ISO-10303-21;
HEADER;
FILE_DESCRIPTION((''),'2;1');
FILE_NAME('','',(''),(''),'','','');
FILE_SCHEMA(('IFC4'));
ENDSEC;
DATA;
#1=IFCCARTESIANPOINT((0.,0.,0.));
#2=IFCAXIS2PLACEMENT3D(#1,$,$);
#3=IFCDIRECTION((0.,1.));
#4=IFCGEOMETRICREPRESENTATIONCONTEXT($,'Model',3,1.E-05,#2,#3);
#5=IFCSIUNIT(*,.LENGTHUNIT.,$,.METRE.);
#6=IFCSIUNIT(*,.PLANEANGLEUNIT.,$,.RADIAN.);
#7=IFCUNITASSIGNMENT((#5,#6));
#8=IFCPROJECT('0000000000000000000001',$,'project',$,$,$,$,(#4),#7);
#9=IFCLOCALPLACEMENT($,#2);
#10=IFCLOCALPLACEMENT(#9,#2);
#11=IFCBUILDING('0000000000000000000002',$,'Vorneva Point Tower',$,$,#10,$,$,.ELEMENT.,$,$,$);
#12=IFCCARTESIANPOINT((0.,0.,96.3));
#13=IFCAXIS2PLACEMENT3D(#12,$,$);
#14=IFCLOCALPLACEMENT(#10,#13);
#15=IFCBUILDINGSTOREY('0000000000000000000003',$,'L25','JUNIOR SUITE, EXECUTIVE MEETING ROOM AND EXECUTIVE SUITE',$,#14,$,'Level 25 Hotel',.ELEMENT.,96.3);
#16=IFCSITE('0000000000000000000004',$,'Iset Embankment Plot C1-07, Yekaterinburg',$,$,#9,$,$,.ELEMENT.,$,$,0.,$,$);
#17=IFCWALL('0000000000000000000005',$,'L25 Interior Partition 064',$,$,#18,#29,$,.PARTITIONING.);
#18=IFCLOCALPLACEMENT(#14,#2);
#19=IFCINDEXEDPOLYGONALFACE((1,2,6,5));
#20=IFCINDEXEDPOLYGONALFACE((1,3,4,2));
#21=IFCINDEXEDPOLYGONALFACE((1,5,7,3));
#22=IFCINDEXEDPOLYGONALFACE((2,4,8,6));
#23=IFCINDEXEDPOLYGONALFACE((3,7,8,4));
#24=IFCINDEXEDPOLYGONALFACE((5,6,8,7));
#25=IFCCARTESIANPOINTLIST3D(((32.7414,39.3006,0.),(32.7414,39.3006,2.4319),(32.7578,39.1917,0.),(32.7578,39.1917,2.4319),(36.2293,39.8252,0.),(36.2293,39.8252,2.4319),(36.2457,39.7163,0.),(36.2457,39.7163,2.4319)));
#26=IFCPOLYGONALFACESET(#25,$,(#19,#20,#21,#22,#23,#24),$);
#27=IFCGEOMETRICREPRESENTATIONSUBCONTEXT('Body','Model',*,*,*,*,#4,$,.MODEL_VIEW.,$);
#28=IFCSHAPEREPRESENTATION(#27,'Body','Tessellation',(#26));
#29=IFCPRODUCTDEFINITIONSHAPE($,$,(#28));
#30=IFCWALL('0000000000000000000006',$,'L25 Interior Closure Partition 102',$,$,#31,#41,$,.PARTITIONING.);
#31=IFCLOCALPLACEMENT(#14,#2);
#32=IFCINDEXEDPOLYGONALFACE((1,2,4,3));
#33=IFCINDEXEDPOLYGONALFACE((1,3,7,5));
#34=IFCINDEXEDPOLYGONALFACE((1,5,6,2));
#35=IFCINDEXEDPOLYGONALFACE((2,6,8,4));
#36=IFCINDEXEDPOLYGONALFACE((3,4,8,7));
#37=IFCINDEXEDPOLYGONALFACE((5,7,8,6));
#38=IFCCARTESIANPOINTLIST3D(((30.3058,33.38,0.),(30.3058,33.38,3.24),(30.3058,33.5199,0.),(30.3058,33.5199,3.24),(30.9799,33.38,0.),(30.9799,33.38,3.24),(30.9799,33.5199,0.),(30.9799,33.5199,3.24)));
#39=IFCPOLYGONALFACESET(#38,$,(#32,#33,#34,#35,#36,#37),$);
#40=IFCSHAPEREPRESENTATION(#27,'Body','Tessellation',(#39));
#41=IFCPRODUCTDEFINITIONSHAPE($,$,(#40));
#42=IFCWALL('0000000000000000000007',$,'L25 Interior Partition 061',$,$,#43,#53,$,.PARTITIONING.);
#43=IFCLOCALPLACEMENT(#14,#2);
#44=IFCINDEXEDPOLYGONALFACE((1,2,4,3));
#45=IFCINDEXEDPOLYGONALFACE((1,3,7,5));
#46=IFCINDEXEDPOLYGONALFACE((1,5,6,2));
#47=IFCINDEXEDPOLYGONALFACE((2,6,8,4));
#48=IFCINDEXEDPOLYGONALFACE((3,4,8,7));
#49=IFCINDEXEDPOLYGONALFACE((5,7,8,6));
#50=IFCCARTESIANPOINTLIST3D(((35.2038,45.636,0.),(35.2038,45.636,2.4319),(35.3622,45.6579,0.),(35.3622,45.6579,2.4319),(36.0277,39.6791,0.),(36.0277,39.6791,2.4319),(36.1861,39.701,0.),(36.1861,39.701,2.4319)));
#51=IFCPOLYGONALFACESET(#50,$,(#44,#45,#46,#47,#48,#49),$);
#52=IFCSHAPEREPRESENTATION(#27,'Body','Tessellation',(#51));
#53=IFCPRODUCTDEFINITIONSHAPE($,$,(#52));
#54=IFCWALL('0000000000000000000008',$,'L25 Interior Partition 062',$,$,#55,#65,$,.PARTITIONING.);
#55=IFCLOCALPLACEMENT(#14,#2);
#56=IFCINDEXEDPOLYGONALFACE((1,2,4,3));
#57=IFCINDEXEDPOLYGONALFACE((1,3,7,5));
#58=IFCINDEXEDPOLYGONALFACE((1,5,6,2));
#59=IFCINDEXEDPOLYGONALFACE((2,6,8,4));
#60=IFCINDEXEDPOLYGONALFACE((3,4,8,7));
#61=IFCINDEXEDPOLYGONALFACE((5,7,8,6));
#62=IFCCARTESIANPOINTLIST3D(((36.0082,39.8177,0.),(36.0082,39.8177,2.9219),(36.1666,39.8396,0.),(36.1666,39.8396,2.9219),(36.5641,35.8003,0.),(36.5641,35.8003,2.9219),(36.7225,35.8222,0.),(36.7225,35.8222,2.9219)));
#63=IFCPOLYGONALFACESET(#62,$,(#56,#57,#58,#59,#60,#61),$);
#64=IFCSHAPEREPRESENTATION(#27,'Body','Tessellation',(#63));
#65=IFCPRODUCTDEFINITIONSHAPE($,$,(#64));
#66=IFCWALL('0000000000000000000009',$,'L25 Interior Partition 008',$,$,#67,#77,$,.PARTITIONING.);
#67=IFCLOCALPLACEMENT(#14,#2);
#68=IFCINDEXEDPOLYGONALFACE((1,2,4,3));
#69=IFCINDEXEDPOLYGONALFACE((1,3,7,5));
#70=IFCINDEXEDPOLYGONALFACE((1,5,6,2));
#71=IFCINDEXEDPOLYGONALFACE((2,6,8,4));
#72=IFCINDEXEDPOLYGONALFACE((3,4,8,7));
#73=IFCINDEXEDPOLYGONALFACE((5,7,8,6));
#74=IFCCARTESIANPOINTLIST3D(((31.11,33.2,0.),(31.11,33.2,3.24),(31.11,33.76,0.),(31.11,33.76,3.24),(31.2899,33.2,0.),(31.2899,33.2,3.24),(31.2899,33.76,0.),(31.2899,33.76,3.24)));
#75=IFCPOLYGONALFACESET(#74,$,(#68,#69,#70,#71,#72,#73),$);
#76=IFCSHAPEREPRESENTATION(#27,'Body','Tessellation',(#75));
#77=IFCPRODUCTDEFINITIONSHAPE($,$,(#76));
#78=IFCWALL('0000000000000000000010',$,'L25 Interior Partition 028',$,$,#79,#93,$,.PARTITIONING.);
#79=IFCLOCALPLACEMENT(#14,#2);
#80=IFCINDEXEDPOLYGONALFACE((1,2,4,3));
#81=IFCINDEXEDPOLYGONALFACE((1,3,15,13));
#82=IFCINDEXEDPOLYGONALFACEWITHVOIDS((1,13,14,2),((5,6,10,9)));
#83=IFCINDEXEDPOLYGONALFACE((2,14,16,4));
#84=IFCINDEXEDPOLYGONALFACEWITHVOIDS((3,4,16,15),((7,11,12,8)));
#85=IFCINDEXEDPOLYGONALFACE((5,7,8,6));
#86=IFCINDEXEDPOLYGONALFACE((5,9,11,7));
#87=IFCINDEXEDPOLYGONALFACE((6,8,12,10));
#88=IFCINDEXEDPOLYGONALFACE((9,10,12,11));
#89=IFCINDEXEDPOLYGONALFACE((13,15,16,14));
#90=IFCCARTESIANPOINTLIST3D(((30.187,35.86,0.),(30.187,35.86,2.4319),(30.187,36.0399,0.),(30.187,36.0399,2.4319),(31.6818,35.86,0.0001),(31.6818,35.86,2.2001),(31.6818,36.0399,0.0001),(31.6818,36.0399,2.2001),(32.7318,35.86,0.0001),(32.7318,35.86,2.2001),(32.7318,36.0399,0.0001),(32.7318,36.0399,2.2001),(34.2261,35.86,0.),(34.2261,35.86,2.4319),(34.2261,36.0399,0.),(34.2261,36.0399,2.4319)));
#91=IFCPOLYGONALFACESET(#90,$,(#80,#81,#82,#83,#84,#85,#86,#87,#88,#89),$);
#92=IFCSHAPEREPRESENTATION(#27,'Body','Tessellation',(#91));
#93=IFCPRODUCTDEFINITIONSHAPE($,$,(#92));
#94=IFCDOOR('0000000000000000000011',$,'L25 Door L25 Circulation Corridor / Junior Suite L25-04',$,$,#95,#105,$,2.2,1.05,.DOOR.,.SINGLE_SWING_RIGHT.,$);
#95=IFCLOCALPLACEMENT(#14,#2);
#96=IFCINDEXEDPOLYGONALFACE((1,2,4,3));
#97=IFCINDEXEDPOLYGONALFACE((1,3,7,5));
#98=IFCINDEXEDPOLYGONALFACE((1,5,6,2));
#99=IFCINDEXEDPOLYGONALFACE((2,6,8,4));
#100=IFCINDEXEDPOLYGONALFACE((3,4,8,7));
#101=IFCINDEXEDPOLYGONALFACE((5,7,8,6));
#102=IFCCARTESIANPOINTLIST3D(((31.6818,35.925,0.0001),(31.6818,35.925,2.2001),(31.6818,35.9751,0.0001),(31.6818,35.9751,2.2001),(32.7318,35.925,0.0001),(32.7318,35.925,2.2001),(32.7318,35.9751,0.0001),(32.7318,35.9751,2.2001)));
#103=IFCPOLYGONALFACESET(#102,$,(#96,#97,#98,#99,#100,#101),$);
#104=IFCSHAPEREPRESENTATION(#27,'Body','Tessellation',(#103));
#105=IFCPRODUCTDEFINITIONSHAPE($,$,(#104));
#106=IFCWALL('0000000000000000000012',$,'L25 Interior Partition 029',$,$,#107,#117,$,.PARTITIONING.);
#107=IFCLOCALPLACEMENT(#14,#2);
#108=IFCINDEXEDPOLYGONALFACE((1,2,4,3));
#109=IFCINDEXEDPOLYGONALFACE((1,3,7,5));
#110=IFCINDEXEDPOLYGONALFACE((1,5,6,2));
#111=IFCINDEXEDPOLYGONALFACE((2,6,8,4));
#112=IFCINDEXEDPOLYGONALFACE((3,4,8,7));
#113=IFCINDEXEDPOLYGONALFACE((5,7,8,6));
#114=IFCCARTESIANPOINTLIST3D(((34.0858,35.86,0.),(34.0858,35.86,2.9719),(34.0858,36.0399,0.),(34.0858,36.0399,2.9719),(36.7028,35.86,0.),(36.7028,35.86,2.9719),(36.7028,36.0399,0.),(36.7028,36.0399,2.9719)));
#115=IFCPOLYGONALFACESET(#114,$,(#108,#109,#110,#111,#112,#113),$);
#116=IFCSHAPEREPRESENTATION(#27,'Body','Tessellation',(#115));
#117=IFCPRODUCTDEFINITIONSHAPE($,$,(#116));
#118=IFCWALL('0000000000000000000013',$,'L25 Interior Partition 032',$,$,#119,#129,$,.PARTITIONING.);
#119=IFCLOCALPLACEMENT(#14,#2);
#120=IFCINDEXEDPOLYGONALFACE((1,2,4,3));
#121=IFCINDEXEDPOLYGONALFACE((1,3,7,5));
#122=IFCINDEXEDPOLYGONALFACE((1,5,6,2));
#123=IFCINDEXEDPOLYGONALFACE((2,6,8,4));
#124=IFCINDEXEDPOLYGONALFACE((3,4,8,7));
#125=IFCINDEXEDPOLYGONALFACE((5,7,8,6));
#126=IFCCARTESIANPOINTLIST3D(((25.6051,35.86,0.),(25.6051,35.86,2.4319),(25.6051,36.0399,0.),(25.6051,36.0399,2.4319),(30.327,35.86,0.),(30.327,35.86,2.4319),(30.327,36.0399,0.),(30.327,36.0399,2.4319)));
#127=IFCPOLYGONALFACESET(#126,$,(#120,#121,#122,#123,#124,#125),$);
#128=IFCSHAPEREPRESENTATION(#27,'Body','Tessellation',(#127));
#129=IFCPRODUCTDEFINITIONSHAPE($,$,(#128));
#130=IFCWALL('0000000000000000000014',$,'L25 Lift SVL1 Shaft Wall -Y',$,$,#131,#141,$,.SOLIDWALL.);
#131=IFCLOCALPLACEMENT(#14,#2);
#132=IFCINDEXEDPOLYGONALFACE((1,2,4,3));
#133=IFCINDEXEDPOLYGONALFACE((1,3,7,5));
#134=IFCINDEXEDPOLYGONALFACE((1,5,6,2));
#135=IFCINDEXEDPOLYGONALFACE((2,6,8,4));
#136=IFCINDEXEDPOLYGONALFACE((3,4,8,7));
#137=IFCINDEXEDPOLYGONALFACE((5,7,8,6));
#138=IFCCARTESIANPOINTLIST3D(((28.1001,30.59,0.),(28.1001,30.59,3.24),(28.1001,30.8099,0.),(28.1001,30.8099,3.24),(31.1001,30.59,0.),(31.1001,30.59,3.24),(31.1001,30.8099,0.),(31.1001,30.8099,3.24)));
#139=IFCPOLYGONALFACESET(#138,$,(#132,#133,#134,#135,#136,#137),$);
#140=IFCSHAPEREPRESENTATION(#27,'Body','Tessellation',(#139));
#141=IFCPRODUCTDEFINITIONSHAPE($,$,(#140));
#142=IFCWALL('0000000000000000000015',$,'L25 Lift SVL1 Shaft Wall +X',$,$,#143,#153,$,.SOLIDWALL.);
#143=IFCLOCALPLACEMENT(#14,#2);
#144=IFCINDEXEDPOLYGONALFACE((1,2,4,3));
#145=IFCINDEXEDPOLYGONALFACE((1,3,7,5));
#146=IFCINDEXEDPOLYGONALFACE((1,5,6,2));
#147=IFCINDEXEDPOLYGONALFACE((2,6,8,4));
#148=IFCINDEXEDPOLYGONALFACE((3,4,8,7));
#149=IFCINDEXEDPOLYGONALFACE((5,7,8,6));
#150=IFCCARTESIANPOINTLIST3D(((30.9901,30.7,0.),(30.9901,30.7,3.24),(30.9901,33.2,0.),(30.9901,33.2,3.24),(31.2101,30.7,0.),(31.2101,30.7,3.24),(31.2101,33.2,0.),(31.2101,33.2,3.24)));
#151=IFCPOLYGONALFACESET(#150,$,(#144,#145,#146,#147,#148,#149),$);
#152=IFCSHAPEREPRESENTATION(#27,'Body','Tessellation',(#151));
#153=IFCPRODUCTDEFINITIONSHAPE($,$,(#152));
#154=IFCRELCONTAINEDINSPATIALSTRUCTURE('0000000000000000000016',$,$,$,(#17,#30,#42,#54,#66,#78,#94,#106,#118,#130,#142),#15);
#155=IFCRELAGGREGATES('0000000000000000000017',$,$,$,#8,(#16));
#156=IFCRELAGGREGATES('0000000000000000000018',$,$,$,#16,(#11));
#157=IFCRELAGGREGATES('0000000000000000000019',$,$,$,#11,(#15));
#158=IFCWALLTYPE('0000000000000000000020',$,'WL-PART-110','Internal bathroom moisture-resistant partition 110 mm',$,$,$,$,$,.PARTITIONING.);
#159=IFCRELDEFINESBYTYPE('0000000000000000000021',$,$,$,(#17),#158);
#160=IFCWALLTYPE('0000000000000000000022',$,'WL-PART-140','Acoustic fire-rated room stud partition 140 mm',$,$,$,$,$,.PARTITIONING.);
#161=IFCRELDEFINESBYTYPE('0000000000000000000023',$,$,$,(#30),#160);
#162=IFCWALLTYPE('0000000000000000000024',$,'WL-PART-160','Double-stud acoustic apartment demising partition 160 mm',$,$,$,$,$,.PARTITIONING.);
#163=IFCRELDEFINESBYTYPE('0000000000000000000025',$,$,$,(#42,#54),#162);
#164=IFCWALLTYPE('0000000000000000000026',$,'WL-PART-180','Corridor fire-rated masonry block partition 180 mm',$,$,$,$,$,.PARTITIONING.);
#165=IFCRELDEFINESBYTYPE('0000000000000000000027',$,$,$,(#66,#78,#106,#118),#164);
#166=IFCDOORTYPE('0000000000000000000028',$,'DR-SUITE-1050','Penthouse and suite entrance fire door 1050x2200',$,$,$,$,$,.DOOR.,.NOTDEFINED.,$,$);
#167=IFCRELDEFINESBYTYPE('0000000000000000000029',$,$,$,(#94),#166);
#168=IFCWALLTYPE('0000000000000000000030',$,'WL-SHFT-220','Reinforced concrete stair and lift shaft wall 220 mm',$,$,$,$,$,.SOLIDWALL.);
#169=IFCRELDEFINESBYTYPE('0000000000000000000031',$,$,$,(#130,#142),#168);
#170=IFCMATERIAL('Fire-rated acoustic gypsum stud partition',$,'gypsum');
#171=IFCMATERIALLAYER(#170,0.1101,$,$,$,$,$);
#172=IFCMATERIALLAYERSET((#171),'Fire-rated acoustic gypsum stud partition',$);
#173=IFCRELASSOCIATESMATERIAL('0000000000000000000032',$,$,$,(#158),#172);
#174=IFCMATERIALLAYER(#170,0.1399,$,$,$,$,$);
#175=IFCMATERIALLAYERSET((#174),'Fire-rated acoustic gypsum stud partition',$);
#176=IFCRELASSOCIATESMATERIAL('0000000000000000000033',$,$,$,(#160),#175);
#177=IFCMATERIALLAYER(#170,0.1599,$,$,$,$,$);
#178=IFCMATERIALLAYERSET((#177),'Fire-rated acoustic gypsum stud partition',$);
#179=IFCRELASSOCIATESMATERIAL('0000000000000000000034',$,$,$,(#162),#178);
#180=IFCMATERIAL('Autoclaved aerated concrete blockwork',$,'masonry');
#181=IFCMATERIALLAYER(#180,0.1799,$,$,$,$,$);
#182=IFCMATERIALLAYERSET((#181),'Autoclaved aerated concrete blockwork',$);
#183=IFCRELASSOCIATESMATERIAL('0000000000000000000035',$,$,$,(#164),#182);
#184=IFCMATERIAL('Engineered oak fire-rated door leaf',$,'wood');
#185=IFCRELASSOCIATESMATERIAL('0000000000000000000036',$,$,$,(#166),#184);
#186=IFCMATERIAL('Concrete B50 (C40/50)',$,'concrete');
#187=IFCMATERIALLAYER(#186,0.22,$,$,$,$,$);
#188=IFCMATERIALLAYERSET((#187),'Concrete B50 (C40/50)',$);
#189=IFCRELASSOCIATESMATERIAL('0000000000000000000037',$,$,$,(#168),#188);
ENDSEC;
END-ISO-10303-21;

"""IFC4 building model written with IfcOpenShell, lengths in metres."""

from ifc_helpers import new_model, si_unit, direction, frame, frame_2d, origin, place, context, subcontext, project, spatial, rectangle, extrude, material, layer, layer_set, type_object, element, fill, save


model = new_model("IFC4")

# Units and contexts
model_context = context("Model", 3, precision=1e-05, world=origin(), true_north=direction((0.0, 1.0)))
body_context = subcontext(model_context, "Body", "Model", "MODEL_VIEW")
ifc_project = project(units=[si_unit("LENGTHUNIT", "METRE"), si_unit("PLANEANGLEUNIT", "RADIAN")], contexts=[model_context])

# Site, building, storey
site_placement = place(None, origin())
site = spatial("IfcSite", under=ifc_project, at=site_placement, Name="Iset Embankment Plot C1-07, Yekaterinburg", CompositionType="ELEMENT", RefElevation=0.0)
building_placement = place(site_placement, origin())
building = spatial("IfcBuilding", under=site, at=building_placement, Name="Vorneva Point Tower", CompositionType="ELEMENT")
storey_placement = place(building_placement, frame((0.0, 0.0, 96.3)))
storey = spatial("IfcBuildingStorey", under=building, at=storey_placement, Name="L25", Description="JUNIOR SUITE, EXECUTIVE MEETING ROOM AND EXECUTIVE SUITE", LongName="Level 25 Hotel", CompositionType="ELEMENT", Elevation=96.3)

# Shared definitions
ifc_material_1 = material(Name="Fire-rated acoustic gypsum stud partition", Category="gypsum")
ifc_layer_1 = layer(ifc_material_1, 0.1101)
ifc_layer_set_1 = layer_set([ifc_layer_1], Name="Fire-rated acoustic gypsum stud partition")
wall_type_1 = type_object("IfcWallType", Name="WL-PART-110", Description="Internal bathroom moisture-resistant partition 110 mm", PredefinedType="PARTITIONING", material=ifc_layer_set_1)
ifc_material_2 = material(Name="Engineered oak fire-rated door leaf", Category="wood")

# Walls
wall_1_placement = place(storey_placement, frame((32.7495, 39.2461, 0.0), z_axis=(0.0, 0.0, 1.0), x_axis=(0.988874, 0.148753, 0.0)))
element("IfcWall", 1, at=wall_1_placement, inside=storey, type_object=wall_type_1, Name="L25 Interior Partition 064", PredefinedType="PARTITIONING", context=body_context, shape_type="SweptSolid", body=[
    extrude(rectangle(XDim=3.5271, YDim=0.1101, at=frame_2d((1.7637, 0.0))), origin(), (0.0, 0.0, 1.0), 2.4319),
])
ifc_layer_2 = layer(ifc_material_1, 0.1399)
ifc_layer_set_2 = layer_set([ifc_layer_2], Name="Fire-rated acoustic gypsum stud partition")
wall_type_2 = type_object("IfcWallType", Name="WL-PART-140", Description="Acoustic fire-rated room stud partition 140 mm", PredefinedType="PARTITIONING", material=ifc_layer_set_2)
wall_2_placement = place(storey_placement, frame((30.3059, 33.45, 0.0), z_axis=(0.0, 0.0, 1.0), x_axis=(1.0, 0.0, 0.0)))
element("IfcWall", 2, at=wall_2_placement, inside=storey, type_object=wall_type_2, Name="L25 Interior Closure Partition 102", PredefinedType="PARTITIONING", context=body_context, shape_type="SweptSolid", body=[
    extrude(rectangle(XDim=0.6741, YDim=0.1399, at=frame_2d((0.3369, 0.0))), origin(), (0.0, 0.0, 1.0), 3.24),
])
ifc_layer_3 = layer(ifc_material_1, 0.1599)
ifc_layer_set_3 = layer_set([ifc_layer_3], Name="Fire-rated acoustic gypsum stud partition")
wall_type_3 = type_object("IfcWallType", Name="WL-PART-160", Description="Double-stud acoustic apartment demising partition 160 mm", PredefinedType="PARTITIONING", material=ifc_layer_set_3)
wall_3_placement = place(storey_placement, frame((35.283, 45.647, 0.0), z_axis=(0.0, 0.0, 1.0), x_axis=(0.137015, -0.990569, 0.0)))
element("IfcWall", 3, at=wall_3_placement, inside=storey, type_object=wall_type_3, Name="L25 Interior Partition 061", PredefinedType="PARTITIONING", context=body_context, shape_type="SweptSolid", body=[
    extrude(rectangle(XDim=6.0137, YDim=0.1599, at=frame_2d((3.0068, 0.0))), origin(), (0.0, 0.0, 1.0), 2.4319),
])
wall_4_placement = place(storey_placement, frame((36.0874, 39.8286, 0.0), z_axis=(0.0, 0.0, 1.0), x_axis=(0.137071, -0.990561, 0.0)))
element("IfcWall", 4, at=wall_4_placement, inside=storey, type_object=wall_type_3, Name="L25 Interior Partition 062", PredefinedType="PARTITIONING", context=body_context, shape_type="SweptSolid", body=[
    extrude(rectangle(XDim=4.0557, YDim=0.1599, at=frame_2d((2.0278, 0.0))), origin(), (0.0, 0.0, 1.0), 2.9219),
])

# Shared definitions
ifc_material_3 = material(Name="Autoclaved aerated concrete blockwork", Category="masonry")
ifc_layer_4 = layer(ifc_material_3, 0.1799)
ifc_layer_set_4 = layer_set([ifc_layer_4], Name="Autoclaved aerated concrete blockwork")
wall_type_4 = type_object("IfcWallType", Name="WL-PART-180", Description="Corridor fire-rated masonry block partition 180 mm", PredefinedType="PARTITIONING", material=ifc_layer_set_4)

# Wall
wall_5_placement = place(storey_placement, frame((31.2, 33.76, 0.0), z_axis=(0.0, 0.0, 1.0), x_axis=(0.0, -1.0, 0.0)))
element("IfcWall", 5, at=wall_5_placement, inside=storey, type_object=wall_type_4, Name="L25 Interior Partition 008", PredefinedType="PARTITIONING", context=body_context, shape_type="SweptSolid", body=[
    extrude(rectangle(XDim=0.5601, YDim=0.1799, at=frame_2d((0.28, 0.0))), origin(), (0.0, 0.0, 1.0), 3.24),
])

# Wall, opening, door
wall_6_placement = place(storey_placement, frame((34.2261, 35.95, 0.0), z_axis=(0.0, 0.0, 1.0), x_axis=(-1.0, 0.0, 0.0)))
wall_6 = element("IfcWall", 6, at=wall_6_placement, inside=storey, type_object=wall_type_4, Name="L25 Interior Partition 028", PredefinedType="PARTITIONING", context=body_context, shape_type="SweptSolid", body=[
    extrude(rectangle(XDim=4.0391, YDim=0.1799, at=frame_2d((2.0195, 0.0))), origin(), (0.0, 0.0, 1.0), 2.4319),
])
opening_1_placement = place(wall_6_placement, frame((1.4944, 0.0, 0.0)))
opening_1 = element("IfcOpeningElement", 7, at=opening_1_placement, cuts=wall_6, PredefinedType="OPENING", context=body_context, shape_type="SweptSolid", body=[
    extrude(rectangle(XDim=1.05, YDim=2.2, at=frame_2d((0.5249, 1.1001))), frame((0.0, 0.105, 0.0), z_axis=(0.0, -1.0, 0.0), x_axis=(1.0, 0.0, 0.0)), (0.0, 0.0, 1.0), 0.2097),
])
door_type_1 = type_object("IfcDoorType", Name="DR-SUITE-1050", Description="Penthouse and suite entrance fire door 1050x2200", OperationType="NOTDEFINED", PredefinedType="DOOR", material=ifc_material_2)
door_1_placement = place(opening_1_placement, origin())
door_1 = element("IfcDoor", 8, at=door_1_placement, inside=storey, type_object=door_type_1, Name="L25 Door L25 Circulation Corridor / Junior Suite L25-04", OperationType="SINGLE_SWING_RIGHT", OverallHeight=2.2, OverallWidth=1.05, PredefinedType="DOOR", context=body_context, shape_type="SweptSolid", body=[
    extrude(rectangle(XDim=1.05, YDim=2.2, at=frame_2d((0.5249, 1.1001))), frame((0.0, 0.0249, 0.0), z_axis=(0.0, -1.0, 0.0), x_axis=(1.0, 0.0, 0.0)), (0.0, 0.0, 1.0), 0.05),
])
fill(opening_1, door_1)

# Walls
wall_7_placement = place(storey_placement, frame((36.7029, 35.95, 0.0), z_axis=(0.0, 0.0, 1.0), x_axis=(-1.0, 0.0, 0.0)))
element("IfcWall", 9, at=wall_7_placement, inside=storey, type_object=wall_type_4, Name="L25 Interior Partition 029", PredefinedType="PARTITIONING", context=body_context, shape_type="SweptSolid", body=[
    extrude(rectangle(XDim=2.6169, YDim=0.1799, at=frame_2d((1.3086, 0.0))), origin(), (0.0, 0.0, 1.0), 2.9719),
])
wall_8_placement = place(storey_placement, frame((30.3269, 35.95, 0.0), z_axis=(0.0, 0.0, 1.0), x_axis=(-1.0, 0.0, 0.0)))
element("IfcWall", 10, at=wall_8_placement, inside=storey, type_object=wall_type_4, Name="L25 Interior Partition 032", PredefinedType="PARTITIONING", context=body_context, shape_type="SweptSolid", body=[
    extrude(rectangle(XDim=4.7219, YDim=0.1799, at=frame_2d((2.3608, 0.0))), origin(), (0.0, 0.0, 1.0), 2.4319),
])
ifc_material_4 = material(Name="Concrete B50 (C40/50)", Category="concrete")
ifc_layer_5 = layer(ifc_material_4, 0.22)
ifc_layer_set_5 = layer_set([ifc_layer_5], Name="Concrete B50 (C40/50)")
wall_type_5 = type_object("IfcWallType", Name="WL-SHFT-220", Description="Reinforced concrete stair and lift shaft wall 220 mm", PredefinedType="SOLIDWALL", material=ifc_layer_set_5)
wall_9_placement = place(storey_placement, frame((28.1001, 30.7, 0.0), z_axis=(0.0, 0.0, 1.0), x_axis=(1.0, 0.0, 0.0)))
element("IfcWall", 11, at=wall_9_placement, inside=storey, type_object=wall_type_5, Name="L25 Lift SVL1 Shaft Wall -Y", PredefinedType="SOLIDWALL", context=body_context, shape_type="SweptSolid", body=[
    extrude(rectangle(XDim=3.0, YDim=0.22, at=frame_2d((1.5, 0.0))), origin(), (0.0, 0.0, 1.0), 3.24),
])
wall_10_placement = place(storey_placement, frame((31.1001, 30.7, 0.0), z_axis=(0.0, 0.0, 1.0), x_axis=(0.0, 1.0, 0.0)))
element("IfcWall", 12, at=wall_10_placement, inside=storey, type_object=wall_type_5, Name="L25 Lift SVL1 Shaft Wall +X", PredefinedType="SOLIDWALL", context=body_context, shape_type="SweptSolid", body=[
    extrude(rectangle(XDim=2.5, YDim=0.22, at=frame_2d((1.25, 0.0))), origin(), (0.0, 0.0, 1.0), 3.24),
])

save(model, "model.ifc")
